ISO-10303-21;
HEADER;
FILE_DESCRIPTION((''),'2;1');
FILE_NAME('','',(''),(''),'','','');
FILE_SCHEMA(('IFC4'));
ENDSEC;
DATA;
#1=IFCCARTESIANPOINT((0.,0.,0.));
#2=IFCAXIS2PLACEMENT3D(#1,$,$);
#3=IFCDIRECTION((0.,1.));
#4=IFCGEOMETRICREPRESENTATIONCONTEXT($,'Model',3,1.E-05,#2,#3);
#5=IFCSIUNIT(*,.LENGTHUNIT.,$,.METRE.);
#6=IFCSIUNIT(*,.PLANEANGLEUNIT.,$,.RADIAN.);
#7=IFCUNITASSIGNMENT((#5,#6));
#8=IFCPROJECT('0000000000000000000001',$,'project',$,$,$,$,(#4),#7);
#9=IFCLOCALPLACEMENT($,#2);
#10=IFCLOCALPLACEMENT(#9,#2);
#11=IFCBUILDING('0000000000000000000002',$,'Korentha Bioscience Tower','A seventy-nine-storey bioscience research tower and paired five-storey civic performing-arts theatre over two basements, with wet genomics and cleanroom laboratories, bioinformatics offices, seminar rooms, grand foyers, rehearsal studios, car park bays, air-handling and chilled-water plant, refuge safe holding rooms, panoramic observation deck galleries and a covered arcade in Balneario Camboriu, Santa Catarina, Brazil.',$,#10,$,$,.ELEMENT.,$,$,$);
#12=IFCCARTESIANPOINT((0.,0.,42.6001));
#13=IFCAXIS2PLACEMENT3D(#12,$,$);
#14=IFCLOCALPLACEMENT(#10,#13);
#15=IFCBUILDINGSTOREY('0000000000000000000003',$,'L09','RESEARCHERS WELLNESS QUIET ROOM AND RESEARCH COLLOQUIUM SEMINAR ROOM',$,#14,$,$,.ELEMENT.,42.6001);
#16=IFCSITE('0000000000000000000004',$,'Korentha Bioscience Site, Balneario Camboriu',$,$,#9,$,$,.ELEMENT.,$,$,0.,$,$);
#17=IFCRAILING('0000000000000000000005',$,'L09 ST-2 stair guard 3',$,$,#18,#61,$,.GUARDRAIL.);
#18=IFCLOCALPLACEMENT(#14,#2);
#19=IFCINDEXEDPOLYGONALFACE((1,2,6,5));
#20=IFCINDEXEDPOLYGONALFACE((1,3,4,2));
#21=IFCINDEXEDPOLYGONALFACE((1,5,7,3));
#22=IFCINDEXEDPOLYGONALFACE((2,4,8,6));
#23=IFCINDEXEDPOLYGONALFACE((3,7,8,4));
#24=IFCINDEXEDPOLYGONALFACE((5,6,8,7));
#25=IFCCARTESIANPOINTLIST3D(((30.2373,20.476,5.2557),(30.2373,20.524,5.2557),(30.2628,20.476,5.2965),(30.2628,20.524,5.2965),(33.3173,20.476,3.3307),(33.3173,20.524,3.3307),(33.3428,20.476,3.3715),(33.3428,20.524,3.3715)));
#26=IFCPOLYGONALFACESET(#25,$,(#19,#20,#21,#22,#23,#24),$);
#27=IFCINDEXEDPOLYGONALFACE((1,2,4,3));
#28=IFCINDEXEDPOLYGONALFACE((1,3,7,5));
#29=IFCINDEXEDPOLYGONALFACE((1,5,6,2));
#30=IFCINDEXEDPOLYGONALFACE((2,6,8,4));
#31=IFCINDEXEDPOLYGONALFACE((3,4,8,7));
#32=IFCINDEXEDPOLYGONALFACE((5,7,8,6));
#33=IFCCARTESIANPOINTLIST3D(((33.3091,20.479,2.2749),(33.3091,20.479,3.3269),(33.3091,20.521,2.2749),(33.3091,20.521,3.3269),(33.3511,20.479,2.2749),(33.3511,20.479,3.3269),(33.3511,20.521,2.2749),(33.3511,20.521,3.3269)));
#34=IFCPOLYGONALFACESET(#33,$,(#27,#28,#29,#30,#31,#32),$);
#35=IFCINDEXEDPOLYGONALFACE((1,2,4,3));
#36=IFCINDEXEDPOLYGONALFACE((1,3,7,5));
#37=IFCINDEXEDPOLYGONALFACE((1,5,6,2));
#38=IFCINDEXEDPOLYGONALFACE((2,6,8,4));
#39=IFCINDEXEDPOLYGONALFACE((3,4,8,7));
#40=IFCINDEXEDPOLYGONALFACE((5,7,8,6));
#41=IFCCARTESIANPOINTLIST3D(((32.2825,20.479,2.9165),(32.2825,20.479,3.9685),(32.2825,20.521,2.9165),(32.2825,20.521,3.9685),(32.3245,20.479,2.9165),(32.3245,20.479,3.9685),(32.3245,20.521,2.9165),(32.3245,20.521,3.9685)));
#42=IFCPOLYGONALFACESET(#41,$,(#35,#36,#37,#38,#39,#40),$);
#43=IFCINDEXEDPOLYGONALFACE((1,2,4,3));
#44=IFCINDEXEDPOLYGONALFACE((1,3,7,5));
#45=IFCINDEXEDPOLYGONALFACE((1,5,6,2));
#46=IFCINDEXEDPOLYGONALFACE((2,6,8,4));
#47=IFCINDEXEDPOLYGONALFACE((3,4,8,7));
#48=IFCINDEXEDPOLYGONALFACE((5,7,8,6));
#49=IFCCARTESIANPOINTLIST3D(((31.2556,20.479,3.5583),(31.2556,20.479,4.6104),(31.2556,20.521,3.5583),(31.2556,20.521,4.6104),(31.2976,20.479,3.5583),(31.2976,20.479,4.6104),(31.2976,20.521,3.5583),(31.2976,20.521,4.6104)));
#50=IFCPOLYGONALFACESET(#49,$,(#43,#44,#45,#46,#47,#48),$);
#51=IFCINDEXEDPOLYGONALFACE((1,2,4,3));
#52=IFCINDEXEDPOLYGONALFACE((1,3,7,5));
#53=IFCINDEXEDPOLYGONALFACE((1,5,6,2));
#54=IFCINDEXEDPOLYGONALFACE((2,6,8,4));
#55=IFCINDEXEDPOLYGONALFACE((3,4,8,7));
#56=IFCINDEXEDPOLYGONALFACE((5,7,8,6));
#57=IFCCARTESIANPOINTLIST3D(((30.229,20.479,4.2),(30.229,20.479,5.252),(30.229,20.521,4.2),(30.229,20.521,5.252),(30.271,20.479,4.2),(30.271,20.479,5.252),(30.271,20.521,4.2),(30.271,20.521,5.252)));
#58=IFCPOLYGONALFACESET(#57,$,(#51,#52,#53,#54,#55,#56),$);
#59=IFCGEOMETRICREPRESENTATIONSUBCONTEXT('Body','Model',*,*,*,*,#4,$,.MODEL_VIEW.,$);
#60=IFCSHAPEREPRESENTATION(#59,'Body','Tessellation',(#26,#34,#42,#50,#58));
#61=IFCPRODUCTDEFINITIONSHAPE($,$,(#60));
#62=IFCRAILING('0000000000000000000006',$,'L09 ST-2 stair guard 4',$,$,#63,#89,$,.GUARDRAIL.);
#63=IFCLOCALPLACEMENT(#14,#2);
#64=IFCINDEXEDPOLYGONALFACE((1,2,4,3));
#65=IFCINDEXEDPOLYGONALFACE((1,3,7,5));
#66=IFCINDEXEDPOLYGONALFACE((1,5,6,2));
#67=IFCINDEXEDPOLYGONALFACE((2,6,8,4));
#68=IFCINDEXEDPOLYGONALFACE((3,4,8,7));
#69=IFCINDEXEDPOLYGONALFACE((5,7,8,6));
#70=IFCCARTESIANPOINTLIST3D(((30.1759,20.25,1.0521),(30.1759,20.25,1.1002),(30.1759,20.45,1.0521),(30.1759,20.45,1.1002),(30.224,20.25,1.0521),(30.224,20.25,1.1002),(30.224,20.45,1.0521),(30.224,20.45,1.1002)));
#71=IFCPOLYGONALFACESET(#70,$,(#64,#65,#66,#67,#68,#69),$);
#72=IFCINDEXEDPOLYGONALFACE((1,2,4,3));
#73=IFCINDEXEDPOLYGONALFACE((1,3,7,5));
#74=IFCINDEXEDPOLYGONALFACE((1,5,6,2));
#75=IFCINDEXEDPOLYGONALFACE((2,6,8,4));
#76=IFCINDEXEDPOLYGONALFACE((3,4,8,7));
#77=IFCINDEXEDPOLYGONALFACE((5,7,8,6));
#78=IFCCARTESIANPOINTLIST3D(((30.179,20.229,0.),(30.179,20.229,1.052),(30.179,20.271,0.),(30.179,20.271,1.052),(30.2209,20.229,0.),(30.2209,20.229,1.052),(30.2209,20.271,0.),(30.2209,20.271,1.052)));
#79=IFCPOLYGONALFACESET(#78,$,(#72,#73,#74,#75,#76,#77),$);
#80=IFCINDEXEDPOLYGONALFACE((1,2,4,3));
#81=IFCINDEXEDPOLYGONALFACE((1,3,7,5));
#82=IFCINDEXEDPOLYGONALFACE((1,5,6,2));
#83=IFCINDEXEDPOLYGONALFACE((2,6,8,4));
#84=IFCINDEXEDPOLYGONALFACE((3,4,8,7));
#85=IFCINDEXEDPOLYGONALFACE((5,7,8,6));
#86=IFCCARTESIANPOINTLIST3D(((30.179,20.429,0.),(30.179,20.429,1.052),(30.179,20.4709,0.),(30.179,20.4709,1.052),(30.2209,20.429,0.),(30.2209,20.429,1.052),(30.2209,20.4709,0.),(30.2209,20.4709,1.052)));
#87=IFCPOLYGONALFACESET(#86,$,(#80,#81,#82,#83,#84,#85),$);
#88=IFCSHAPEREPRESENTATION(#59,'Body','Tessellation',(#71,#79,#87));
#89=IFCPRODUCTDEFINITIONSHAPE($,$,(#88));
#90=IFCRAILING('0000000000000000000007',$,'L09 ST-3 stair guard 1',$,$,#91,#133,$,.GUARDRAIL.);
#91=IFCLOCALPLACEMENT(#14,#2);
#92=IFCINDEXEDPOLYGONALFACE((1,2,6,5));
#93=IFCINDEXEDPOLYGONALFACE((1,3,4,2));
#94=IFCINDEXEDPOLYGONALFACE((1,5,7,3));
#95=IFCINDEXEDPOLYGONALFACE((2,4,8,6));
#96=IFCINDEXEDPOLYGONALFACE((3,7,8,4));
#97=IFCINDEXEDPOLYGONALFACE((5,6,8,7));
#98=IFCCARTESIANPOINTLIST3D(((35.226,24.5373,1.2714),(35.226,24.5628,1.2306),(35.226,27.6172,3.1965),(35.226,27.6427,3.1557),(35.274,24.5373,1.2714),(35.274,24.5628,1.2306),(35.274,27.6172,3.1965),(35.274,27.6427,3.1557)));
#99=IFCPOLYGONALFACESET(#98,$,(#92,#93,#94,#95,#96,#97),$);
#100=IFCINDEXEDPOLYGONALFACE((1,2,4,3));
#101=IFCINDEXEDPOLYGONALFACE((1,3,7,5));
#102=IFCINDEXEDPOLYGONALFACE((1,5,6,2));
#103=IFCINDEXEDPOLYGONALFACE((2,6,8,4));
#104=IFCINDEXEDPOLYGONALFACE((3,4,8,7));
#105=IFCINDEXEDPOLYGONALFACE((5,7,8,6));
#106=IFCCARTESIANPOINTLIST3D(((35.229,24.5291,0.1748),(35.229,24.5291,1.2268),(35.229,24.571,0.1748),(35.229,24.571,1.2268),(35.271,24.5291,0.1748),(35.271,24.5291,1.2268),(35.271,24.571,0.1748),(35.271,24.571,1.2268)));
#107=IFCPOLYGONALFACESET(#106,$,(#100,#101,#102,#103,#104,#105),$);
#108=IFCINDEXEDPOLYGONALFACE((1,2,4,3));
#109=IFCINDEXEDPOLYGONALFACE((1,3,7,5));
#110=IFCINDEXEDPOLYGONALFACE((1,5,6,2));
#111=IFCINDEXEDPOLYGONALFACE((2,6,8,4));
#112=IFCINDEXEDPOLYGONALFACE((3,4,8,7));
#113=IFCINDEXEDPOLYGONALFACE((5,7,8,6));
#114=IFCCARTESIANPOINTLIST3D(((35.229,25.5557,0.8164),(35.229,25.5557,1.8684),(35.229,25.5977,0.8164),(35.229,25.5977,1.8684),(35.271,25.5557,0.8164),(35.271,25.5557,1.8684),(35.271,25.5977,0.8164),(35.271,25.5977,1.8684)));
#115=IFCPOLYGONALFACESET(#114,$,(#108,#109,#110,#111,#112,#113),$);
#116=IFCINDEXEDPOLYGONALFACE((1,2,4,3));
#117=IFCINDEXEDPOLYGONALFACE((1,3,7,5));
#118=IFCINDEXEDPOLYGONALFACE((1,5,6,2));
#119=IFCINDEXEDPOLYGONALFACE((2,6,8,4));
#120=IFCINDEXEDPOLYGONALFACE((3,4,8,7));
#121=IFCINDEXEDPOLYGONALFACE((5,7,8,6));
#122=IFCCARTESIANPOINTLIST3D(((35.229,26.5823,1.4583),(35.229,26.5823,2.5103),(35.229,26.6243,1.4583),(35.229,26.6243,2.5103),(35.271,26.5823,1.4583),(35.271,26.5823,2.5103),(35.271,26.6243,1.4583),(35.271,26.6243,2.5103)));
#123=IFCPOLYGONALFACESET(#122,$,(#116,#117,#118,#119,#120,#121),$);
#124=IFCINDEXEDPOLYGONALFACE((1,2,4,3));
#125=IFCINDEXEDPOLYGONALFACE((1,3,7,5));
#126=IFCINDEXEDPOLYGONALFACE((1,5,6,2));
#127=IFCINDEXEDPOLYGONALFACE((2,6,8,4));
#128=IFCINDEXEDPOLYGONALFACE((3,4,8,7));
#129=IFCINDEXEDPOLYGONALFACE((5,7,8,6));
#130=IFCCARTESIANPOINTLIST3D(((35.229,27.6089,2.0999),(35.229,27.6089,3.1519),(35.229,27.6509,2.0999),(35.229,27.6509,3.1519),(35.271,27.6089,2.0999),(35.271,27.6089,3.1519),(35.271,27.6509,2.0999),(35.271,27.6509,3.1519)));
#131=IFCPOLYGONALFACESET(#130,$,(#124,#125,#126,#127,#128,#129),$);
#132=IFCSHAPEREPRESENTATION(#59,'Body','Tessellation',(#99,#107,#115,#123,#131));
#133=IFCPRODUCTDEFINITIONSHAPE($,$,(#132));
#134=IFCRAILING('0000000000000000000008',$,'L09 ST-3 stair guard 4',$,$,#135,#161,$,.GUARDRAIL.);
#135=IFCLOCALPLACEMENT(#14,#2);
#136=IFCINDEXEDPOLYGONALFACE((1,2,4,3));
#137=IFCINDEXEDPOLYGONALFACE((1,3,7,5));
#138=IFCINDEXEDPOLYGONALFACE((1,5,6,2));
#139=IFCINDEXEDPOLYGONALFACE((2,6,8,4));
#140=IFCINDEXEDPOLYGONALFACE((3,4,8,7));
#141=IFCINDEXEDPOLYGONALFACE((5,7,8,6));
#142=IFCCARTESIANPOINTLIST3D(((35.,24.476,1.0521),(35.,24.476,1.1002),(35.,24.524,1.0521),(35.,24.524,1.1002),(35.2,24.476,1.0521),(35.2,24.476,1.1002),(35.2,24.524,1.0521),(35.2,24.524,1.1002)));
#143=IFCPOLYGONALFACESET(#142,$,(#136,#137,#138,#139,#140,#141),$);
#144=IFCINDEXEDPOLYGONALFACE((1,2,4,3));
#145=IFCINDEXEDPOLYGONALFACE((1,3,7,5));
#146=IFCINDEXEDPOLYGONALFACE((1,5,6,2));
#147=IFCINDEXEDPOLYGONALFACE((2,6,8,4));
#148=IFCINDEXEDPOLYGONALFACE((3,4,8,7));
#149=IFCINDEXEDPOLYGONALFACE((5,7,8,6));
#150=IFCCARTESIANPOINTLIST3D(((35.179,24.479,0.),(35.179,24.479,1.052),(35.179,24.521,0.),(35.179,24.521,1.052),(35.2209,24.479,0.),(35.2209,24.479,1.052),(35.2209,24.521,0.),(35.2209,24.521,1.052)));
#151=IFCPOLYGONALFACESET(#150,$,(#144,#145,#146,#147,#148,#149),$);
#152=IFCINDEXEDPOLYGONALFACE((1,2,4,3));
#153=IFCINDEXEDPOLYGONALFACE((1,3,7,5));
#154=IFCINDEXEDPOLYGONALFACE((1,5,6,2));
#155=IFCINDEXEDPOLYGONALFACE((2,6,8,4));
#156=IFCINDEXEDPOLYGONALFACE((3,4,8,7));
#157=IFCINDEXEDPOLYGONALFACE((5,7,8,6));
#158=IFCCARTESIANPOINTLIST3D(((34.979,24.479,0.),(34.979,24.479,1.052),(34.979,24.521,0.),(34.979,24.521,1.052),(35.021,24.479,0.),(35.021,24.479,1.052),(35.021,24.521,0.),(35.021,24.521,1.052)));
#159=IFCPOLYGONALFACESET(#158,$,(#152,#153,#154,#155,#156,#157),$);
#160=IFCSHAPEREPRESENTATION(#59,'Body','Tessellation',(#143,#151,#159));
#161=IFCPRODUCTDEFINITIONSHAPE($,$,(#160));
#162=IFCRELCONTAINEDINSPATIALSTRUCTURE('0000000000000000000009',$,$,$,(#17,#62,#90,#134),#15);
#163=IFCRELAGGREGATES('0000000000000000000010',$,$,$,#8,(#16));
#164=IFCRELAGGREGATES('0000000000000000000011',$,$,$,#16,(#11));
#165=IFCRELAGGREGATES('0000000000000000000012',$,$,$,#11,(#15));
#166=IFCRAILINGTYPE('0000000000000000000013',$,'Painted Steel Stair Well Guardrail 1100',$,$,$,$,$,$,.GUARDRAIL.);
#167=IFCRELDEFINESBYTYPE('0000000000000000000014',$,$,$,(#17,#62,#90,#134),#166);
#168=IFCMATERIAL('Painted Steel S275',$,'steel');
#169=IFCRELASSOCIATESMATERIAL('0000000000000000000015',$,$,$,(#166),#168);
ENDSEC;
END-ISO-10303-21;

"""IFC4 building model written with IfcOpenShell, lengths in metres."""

from ifc_helpers import new_model, si_unit, direction, frame, origin, origin_2d, place, context, subcontext, project, spatial, rectangle, extrude, material, type_object, element, save


model = new_model("IFC4")

# Units and contexts
model_context = context("Model", 3, precision=1e-05, world=origin(), true_north=direction((0.0, 1.0)))
body_context = subcontext(model_context, "Body", "Model", "MODEL_VIEW")
ifc_project = project(units=[si_unit("LENGTHUNIT", "METRE"), si_unit("PLANEANGLEUNIT", "RADIAN")], contexts=[model_context])

# Site, building, storey
site_placement = place(None, origin())
site = spatial("IfcSite", under=ifc_project, at=site_placement, Name="Korentha Bioscience Site, Balneario Camboriu", CompositionType="ELEMENT", RefElevation=0.0)
building_placement = place(site_placement, origin())
building = spatial("IfcBuilding", under=site, at=building_placement, Name="Korentha Bioscience Tower", Description="A seventy-nine-storey bioscience research tower and paired five-storey civic performing-arts theatre over two basements, with wet genomics and cleanroom laboratories, bioinformatics offices, seminar rooms, grand foyers, rehearsal studios, car park bays, air-handling and chilled-water plant, refuge safe holding rooms, panoramic observation deck galleries and a covered arcade in Balneario Camboriu, Santa Catarina, Brazil.", CompositionType="ELEMENT")
storey_placement = place(building_placement, frame((0.0, 0.0, 42.6001)))
storey = spatial("IfcBuildingStorey", under=building, at=storey_placement, Name="L09", Description="RESEARCHERS WELLNESS QUIET ROOM AND RESEARCH COLLOQUIUM SEMINAR ROOM", CompositionType="ELEMENT", Elevation=42.6001)

# Railings
ifc_material_1 = material(Name="Painted Steel S275", Category="steel")
railing_type_1 = type_object("IfcRailingType", Name="Painted Steel Stair Well Guardrail 1100", PredefinedType="GUARDRAIL", material=ifc_material_1)
railing_1_placement = place(storey_placement, frame((33.3301, 20.5, 2.2749)))
element("IfcRailing", 1, at=railing_1_placement, inside=storey, type_object=railing_type_1, Name="L09 ST-2 stair guard 3", PredefinedType="GUARDRAIL", context=body_context, shape_type="SweptSolid", body=[
    extrude(rectangle(XDim=0.0481, YDim=0.0481, at=origin_2d()), frame((0.0, 0.0, 1.0762), z_axis=(-0.847998, 0.0, 0.529999), x_axis=(0.0, -1.0, 0.0)), (0.0, 0.0, 1.0), 3.6321),
    extrude(rectangle(XDim=0.042, YDim=0.042, at=origin_2d()), origin(), (0.0, 0.0, 1.0), 1.052),
    extrude(rectangle(XDim=0.042, YDim=0.042, at=origin_2d()), frame((-1.0266, 0.0, 0.6416)), (0.0, 0.0, 1.0), 1.052),
    extrude(rectangle(XDim=0.042, YDim=0.042, at=origin_2d()), frame((-2.0535, 0.0, 1.2834)), (0.0, 0.0, 1.0), 1.052),
    extrude(rectangle(XDim=0.042, YDim=0.042, at=origin_2d()), frame((-3.0801, 0.0, 1.925)), (0.0, 0.0, 1.0), 1.052),
])
railing_2_placement = place(storey_placement, frame((30.2, 20.25, 0.0)))
element("IfcRailing", 2, at=railing_2_placement, inside=storey, type_object=railing_type_1, Name="L09 ST-2 stair guard 4", PredefinedType="GUARDRAIL", context=body_context, shape_type="SweptSolid", body=[
    extrude(rectangle(XDim=0.0481, YDim=0.0481, at=origin_2d()), frame((0.0, 0.0, 1.0762), z_axis=(0.0, 1.0, 0.0), x_axis=(-1.0, 0.0, 0.0)), (0.0, 0.0, 1.0), 0.2),
    extrude(rectangle(XDim=0.042, YDim=0.042, at=origin_2d()), origin(), (0.0, 0.0, 1.0), 1.052),
    extrude(rectangle(XDim=0.042, YDim=0.042, at=origin_2d()), frame((0.0, 0.2, 0.0)), (0.0, 0.0, 1.0), 1.052),
])
railing_3_placement = place(storey_placement, frame((35.25, 24.55, 0.1748)))
element("IfcRailing", 3, at=railing_3_placement, inside=storey, type_object=railing_type_1, Name="L09 ST-3 stair guard 1", PredefinedType="GUARDRAIL", context=body_context, shape_type="SweptSolid", body=[
    extrude(rectangle(XDim=0.0481, YDim=0.0481, at=origin_2d()), frame((0.0, 0.0, 1.0762), z_axis=(0.0, 0.847979, 0.530029), x_axis=(-1.0, 0.0, 0.0)), (0.0, 0.0, 1.0), 3.6321),
    extrude(rectangle(XDim=0.042, YDim=0.042, at=origin_2d()), origin(), (0.0, 0.0, 1.0), 1.052),
    extrude(rectangle(XDim=0.042, YDim=0.042, at=origin_2d()), frame((0.0, 1.0266, 0.6416)), (0.0, 0.0, 1.0), 1.052),
    extrude(rectangle(XDim=0.042, YDim=0.042, at=origin_2d()), frame((0.0, 2.0532, 1.2834)), (0.0, 0.0, 1.0), 1.052),
    extrude(rectangle(XDim=0.042, YDim=0.042, at=origin_2d()), frame((0.0, 3.0798, 1.925)), (0.0, 0.0, 1.0), 1.052),
])
railing_4_placement = place(storey_placement, frame((35.2, 24.5, 0.0)))
element("IfcRailing", 4, at=railing_4_placement, inside=storey, type_object=railing_type_1, Name="L09 ST-3 stair guard 4", PredefinedType="GUARDRAIL", context=body_context, shape_type="SweptSolid", body=[
    extrude(rectangle(XDim=0.0481, YDim=0.0481, at=origin_2d()), frame((0.0, 0.0, 1.0762), z_axis=(-1.0, 0.0, 0.0), x_axis=(0.0, -1.0, 0.0)), (0.0, 0.0, 1.0), 0.2),
    extrude(rectangle(XDim=0.042, YDim=0.042, at=origin_2d()), origin(), (0.0, 0.0, 1.0), 1.052),
    extrude(rectangle(XDim=0.042, YDim=0.042, at=origin_2d()), frame((-0.2, 0.0, 0.0)), (0.0, 0.0, 1.0), 1.052),
])

save(model, "model.ifc")
